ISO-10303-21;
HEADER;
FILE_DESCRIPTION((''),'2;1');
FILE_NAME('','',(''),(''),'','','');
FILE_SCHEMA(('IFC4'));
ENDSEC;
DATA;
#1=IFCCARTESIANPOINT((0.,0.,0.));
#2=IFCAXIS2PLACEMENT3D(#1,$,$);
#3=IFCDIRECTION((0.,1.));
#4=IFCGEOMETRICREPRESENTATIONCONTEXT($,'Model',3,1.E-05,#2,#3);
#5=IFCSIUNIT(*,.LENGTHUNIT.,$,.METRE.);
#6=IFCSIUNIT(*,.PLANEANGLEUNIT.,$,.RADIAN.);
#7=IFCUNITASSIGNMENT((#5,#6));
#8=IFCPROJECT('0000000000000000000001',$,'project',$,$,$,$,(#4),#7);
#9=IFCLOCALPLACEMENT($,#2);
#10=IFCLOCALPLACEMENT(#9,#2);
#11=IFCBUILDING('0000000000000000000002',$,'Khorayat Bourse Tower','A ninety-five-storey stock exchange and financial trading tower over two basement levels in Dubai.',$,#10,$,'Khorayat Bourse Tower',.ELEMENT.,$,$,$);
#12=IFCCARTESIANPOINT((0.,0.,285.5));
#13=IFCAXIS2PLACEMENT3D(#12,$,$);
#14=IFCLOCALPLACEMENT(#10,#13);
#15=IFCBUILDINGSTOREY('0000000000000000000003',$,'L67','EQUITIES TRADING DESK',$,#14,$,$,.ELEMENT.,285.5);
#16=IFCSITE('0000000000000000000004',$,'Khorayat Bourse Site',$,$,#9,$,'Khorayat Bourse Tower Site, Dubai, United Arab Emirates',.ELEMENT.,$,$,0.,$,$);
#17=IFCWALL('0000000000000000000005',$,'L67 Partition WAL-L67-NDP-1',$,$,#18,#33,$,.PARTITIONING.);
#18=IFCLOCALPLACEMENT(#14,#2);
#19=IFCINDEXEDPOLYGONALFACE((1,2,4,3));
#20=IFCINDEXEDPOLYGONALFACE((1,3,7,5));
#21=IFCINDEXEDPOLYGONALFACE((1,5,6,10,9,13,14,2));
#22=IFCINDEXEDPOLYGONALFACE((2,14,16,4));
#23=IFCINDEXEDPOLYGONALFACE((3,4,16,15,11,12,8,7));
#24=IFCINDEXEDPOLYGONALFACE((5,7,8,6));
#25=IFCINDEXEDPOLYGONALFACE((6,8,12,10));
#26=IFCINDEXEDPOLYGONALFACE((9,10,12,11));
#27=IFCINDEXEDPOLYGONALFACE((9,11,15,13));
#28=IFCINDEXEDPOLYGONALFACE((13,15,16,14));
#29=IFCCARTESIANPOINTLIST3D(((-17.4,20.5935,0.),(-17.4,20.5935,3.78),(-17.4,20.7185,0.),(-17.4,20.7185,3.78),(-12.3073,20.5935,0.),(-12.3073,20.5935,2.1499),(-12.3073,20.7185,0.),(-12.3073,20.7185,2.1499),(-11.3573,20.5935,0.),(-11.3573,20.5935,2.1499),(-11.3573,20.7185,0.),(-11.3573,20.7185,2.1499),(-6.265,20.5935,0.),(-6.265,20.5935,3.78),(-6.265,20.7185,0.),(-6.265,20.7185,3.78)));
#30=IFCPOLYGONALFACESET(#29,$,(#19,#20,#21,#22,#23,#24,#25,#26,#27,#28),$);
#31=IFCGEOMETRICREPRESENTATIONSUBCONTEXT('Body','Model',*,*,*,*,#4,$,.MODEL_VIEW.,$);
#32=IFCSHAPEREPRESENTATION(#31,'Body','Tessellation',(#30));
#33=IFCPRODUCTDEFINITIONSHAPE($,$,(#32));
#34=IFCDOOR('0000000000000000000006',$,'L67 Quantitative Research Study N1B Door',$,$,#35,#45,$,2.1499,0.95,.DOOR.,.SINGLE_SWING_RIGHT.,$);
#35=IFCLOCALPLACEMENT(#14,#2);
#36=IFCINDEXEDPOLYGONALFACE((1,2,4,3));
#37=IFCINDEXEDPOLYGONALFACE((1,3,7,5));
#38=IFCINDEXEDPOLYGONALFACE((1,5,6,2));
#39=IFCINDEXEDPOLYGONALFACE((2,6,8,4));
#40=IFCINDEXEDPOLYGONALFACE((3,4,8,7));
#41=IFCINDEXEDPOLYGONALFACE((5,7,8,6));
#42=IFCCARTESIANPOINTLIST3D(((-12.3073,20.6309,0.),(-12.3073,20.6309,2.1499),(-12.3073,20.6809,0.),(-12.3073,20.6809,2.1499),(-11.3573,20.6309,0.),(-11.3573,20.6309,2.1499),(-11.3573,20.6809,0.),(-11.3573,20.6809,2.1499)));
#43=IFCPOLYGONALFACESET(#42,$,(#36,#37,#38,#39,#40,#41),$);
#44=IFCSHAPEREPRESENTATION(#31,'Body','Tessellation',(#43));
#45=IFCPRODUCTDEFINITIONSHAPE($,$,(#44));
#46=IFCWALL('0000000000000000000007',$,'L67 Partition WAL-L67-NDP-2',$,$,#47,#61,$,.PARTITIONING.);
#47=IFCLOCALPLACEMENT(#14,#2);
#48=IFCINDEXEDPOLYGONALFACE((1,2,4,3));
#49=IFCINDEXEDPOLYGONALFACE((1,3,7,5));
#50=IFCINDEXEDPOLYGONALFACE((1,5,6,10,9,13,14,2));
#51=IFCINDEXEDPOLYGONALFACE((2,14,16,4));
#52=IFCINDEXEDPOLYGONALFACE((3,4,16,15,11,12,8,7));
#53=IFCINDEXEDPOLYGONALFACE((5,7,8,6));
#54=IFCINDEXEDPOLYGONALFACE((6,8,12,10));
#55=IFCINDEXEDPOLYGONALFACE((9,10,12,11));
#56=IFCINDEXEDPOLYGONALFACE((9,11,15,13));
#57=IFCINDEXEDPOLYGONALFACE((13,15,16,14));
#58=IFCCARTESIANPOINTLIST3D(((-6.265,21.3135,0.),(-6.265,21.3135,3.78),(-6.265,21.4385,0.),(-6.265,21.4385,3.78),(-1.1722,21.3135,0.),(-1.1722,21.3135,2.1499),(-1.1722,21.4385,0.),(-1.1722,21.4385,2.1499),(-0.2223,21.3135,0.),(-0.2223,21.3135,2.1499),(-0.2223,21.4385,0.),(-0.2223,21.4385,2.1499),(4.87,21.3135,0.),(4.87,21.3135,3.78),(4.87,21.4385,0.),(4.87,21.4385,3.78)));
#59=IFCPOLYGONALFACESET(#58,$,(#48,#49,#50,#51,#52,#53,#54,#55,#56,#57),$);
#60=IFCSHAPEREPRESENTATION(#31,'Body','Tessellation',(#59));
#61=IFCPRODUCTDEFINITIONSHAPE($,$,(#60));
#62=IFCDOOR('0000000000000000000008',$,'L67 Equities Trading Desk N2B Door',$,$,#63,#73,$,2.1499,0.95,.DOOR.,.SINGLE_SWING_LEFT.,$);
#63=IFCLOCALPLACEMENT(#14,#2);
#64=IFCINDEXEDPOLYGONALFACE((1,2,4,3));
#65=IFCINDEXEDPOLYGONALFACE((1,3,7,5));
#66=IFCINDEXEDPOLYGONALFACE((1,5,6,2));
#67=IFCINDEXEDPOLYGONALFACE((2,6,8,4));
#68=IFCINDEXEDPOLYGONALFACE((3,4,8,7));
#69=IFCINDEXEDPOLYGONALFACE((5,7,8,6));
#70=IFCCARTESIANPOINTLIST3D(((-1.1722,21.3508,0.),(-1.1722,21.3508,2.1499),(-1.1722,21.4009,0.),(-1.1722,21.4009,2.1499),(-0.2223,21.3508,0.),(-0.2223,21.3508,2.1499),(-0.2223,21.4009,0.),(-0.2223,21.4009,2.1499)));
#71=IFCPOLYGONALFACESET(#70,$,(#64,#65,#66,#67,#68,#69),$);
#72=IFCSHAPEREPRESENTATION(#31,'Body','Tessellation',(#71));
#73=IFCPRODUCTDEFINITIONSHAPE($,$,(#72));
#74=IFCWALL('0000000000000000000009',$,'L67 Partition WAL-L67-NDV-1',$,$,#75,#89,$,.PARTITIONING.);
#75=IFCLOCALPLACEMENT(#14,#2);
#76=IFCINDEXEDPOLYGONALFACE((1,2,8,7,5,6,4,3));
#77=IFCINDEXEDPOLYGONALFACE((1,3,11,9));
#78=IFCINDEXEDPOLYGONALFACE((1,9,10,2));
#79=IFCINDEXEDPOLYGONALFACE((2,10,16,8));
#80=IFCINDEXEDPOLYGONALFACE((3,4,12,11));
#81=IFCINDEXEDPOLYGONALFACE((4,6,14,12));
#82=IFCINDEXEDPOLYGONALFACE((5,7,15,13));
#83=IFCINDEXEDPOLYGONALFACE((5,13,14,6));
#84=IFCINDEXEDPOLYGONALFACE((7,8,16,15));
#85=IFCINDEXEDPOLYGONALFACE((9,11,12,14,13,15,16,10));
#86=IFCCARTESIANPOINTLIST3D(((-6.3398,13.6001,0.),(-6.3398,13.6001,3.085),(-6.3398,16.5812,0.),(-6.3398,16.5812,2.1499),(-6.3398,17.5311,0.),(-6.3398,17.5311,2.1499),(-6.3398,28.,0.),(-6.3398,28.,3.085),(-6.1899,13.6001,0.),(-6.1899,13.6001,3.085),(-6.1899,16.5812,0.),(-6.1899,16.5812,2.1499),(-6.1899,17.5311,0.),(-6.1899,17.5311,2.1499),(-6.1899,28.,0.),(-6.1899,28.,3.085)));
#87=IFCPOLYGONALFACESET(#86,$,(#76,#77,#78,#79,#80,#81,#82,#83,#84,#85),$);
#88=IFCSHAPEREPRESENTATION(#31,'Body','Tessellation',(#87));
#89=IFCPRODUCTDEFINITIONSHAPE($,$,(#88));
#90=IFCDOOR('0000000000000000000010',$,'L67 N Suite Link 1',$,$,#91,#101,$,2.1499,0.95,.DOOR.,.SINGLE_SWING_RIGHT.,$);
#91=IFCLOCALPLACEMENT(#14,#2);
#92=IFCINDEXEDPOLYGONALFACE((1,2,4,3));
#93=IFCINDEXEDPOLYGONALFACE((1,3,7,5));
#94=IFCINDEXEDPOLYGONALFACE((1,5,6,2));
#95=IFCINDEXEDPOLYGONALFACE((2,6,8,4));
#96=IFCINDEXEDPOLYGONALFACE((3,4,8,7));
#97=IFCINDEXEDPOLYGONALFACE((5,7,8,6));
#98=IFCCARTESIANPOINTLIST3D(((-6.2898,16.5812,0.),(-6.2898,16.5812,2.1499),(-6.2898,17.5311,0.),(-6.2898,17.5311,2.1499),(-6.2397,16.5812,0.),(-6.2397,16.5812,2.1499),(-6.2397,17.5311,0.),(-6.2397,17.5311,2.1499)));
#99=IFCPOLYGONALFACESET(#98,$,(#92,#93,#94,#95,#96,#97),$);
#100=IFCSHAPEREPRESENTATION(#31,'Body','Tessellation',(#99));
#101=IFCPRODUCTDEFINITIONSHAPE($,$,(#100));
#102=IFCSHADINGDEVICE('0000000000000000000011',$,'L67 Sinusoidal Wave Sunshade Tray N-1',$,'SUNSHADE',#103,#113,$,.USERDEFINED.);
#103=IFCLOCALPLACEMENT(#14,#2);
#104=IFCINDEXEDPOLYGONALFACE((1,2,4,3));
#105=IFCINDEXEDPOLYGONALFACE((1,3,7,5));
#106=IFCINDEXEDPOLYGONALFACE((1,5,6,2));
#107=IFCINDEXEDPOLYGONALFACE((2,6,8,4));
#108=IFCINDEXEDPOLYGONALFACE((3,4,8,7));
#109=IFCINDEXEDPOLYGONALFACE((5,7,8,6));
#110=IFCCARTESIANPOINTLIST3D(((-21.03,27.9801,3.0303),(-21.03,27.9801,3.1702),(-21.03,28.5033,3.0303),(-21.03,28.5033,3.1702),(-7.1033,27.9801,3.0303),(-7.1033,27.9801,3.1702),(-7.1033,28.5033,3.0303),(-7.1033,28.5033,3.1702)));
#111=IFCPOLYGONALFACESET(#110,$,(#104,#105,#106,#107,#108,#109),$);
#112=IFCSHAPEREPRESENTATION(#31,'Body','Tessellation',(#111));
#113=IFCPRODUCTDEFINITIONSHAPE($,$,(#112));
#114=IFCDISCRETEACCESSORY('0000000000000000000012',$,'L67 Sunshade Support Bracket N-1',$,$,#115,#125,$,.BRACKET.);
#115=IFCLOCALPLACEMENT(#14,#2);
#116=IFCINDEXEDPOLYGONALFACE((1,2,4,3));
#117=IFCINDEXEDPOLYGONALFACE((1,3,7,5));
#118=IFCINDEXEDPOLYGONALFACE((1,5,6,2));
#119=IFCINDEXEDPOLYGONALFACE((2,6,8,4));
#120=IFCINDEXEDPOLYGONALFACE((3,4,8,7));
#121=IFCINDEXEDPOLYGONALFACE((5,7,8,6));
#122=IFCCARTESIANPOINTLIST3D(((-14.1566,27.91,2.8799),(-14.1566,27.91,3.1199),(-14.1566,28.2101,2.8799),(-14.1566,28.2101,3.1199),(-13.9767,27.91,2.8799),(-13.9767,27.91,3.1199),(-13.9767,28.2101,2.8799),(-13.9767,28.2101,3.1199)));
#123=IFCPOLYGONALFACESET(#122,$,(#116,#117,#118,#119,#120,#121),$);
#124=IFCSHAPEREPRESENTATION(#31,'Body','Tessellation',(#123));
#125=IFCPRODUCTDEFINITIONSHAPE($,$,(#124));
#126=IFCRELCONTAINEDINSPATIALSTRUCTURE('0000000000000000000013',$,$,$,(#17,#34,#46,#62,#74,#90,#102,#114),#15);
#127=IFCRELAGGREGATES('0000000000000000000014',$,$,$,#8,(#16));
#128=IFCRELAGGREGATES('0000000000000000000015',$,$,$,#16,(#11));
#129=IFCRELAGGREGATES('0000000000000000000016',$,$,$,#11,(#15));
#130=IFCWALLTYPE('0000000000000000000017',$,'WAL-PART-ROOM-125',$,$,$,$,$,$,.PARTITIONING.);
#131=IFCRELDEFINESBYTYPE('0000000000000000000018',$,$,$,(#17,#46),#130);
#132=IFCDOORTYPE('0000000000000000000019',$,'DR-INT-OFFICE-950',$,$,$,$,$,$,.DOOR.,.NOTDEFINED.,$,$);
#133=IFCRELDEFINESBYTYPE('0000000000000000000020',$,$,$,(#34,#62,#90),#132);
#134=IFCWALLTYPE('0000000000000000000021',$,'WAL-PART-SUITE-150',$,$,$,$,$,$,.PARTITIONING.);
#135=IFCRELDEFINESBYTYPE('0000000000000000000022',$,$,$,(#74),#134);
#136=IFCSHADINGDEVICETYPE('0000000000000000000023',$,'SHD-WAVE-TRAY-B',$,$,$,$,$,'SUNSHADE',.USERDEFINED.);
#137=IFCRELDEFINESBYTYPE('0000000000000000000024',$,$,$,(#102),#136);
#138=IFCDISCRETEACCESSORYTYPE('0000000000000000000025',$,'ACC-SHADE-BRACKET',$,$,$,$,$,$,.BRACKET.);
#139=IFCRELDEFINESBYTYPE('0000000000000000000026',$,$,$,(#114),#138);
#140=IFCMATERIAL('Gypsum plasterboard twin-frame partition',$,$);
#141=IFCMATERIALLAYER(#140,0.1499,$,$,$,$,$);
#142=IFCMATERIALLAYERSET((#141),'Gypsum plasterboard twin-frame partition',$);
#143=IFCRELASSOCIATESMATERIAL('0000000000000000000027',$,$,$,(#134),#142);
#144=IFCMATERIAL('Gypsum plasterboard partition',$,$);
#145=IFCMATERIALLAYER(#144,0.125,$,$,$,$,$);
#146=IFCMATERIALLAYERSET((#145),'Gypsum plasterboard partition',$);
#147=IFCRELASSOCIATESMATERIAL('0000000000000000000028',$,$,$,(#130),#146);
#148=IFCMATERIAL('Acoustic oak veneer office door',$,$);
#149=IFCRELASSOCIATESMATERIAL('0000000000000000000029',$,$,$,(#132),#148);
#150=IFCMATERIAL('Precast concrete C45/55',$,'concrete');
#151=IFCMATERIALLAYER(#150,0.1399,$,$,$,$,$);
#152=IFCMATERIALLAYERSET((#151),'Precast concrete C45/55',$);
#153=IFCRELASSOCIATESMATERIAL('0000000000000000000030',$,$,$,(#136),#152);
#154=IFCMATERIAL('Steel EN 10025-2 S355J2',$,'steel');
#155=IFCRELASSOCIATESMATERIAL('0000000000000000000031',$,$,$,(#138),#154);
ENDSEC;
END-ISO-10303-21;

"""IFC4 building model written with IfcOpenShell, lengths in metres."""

from ifc_helpers import new_model, si_unit, direction, frame, frame_2d, origin, origin_2d, place, context, subcontext, project, spatial, rectangle, extrude, source, transform, mapped, material, layer, layer_set, type_object, element, fill, save


model = new_model("IFC4")

# Units and contexts
model_context = context("Model", 3, precision=1e-05, world=origin(), true_north=direction((0.0, 1.0)))
body_context = subcontext(model_context, "Body", "Model", "MODEL_VIEW")
ifc_project = project(units=[si_unit("LENGTHUNIT", "METRE"), si_unit("PLANEANGLEUNIT", "RADIAN")], contexts=[model_context])

# Site, building, storey
site_placement = place(None, origin())
site = spatial("IfcSite", under=ifc_project, at=site_placement, Name="Khorayat Bourse Site", LongName="Khorayat Bourse Tower Site, Dubai, United Arab Emirates", CompositionType="ELEMENT", RefElevation=0.0)
building_placement = place(site_placement, origin())
building = spatial("IfcBuilding", under=site, at=building_placement, Name="Khorayat Bourse Tower", Description="A ninety-five-storey stock exchange and financial trading tower over two basement levels in Dubai.", LongName="Khorayat Bourse Tower", CompositionType="ELEMENT")
storey_placement = place(building_placement, frame((0.0, 0.0, 285.5)))
storey = spatial("IfcBuildingStorey", under=building, at=storey_placement, Name="L67", Description="EQUITIES TRADING DESK", CompositionType="ELEMENT", Elevation=285.5)

# Shared definitions
ifc_material_1 = material(Name="Steel EN 10025-2 S355J2", Category="steel")

# Shared definitions
ifc_material_2 = material(Name="Gypsum plasterboard twin-frame partition")
ifc_layer_1 = layer(ifc_material_2, 0.1499)
ifc_layer_set_1 = layer_set([ifc_layer_1], Name="Gypsum plasterboard twin-frame partition")
wall_type_1 = type_object("IfcWallType", Name="WAL-PART-SUITE-150", PredefinedType="PARTITIONING", material=ifc_layer_set_1)

# Walls, openings, doors
ifc_material_3 = material(Name="Gypsum plasterboard partition")
ifc_layer_2 = layer(ifc_material_3, 0.125)
ifc_layer_set_2 = layer_set([ifc_layer_2], Name="Gypsum plasterboard partition")
wall_type_2 = type_object("IfcWallType", Name="WAL-PART-ROOM-125", PredefinedType="PARTITIONING", material=ifc_layer_set_2)
shared_shape_1 = source(origin(), body_context, "Body", "SweptSolid", [
    extrude(rectangle(XDim=11.135, YDim=0.125, at=frame_2d((5.5674, 0.0))), origin(), (0.0, 0.0, 1.0), 3.78),
])
wall_1_placement = place(storey_placement, frame((-17.3999, 20.656, 0.0), z_axis=(0.0, 0.0, 1.0), x_axis=(1.0, 0.0, 0.0)))
wall_1 = element("IfcWall", 1, at=wall_1_placement, inside=storey, type_object=wall_type_2, Name="L67 Partition WAL-L67-NDP-1", PredefinedType="PARTITIONING", context=body_context, shape_type="MappedRepresentation", body=[
    mapped(shared_shape_1, transform((0.0, 0.0, 0.0), scale=1.0)),
])
shared_shape_2 = source(origin(), body_context, "Body", "SweptSolid", [
    extrude(rectangle(XDim=0.95, YDim=2.1499, at=frame_2d((0.4751, 1.075))), frame((0.0, 0.0725, 0.0), z_axis=(0.0, -1.0, 0.0), x_axis=(1.0, 0.0, 0.0)), (0.0, 0.0, 1.0), 0.145),
])
opening_1_placement = place(wall_1_placement, frame((5.0925, 0.0, 0.0)))
opening_1 = element("IfcOpeningElement", 2, at=opening_1_placement, cuts=wall_1, PredefinedType="OPENING", context=body_context, shape_type="MappedRepresentation", body=[
    mapped(shared_shape_2, transform((0.0, 0.0, 0.0), scale=1.0)),
])
ifc_material_4 = material(Name="Acoustic oak veneer office door")
door_type_1 = type_object("IfcDoorType", Name="DR-INT-OFFICE-950", OperationType="NOTDEFINED", PredefinedType="DOOR", material=ifc_material_4)
shared_shape_3 = source(origin(), body_context, "Body", "SweptSolid", [
    extrude(rectangle(XDim=0.95, YDim=2.1499, at=frame_2d((0.4751, 1.075))), frame((0.0, 0.0249, 0.0), z_axis=(0.0, -1.0, 0.0), x_axis=(1.0, 0.0, 0.0)), (0.0, 0.0, 1.0), 0.05),
])
door_1_placement = place(opening_1_placement, origin())
door_1 = element("IfcDoor", 3, at=door_1_placement, inside=storey, type_object=door_type_1, Name="L67 Quantitative Research Study N1B Door", OperationType="SINGLE_SWING_RIGHT", OverallHeight=2.1499, OverallWidth=0.95, PredefinedType="DOOR", context=body_context, shape_type="MappedRepresentation", body=[
    mapped(shared_shape_3, transform((0.0, 0.0, 0.0), scale=1.0)),
])
fill(opening_1, door_1)
wall_2_placement = place(storey_placement, frame((-6.2649, 21.376, 0.0), z_axis=(0.0, 0.0, 1.0), x_axis=(1.0, 0.0, 0.0)))
wall_2 = element("IfcWall", 4, at=wall_2_placement, inside=storey, type_object=wall_type_2, Name="L67 Partition WAL-L67-NDP-2", PredefinedType="PARTITIONING", context=body_context, shape_type="MappedRepresentation", body=[
    mapped(shared_shape_1, transform((0.0, 0.0, 0.0), scale=1.0)),
])
opening_2_placement = place(wall_2_placement, frame((5.0925, 0.0, 0.0)))
opening_2 = element("IfcOpeningElement", 5, at=opening_2_placement, cuts=wall_2, PredefinedType="OPENING", context=body_context, shape_type="MappedRepresentation", body=[
    mapped(shared_shape_2, transform((0.0, 0.0, 0.0), scale=1.0)),
])
door_2_placement = place(opening_2_placement, origin())
door_2 = element("IfcDoor", 6, at=door_2_placement, inside=storey, type_object=door_type_1, Name="L67 Equities Trading Desk N2B Door", OperationType="SINGLE_SWING_LEFT", OverallHeight=2.1499, OverallWidth=0.95, PredefinedType="DOOR", context=body_context, shape_type="MappedRepresentation", body=[
    mapped(shared_shape_3, transform((0.0, 0.0, 0.0), scale=1.0)),
])
fill(opening_2, door_2)
shared_shape_4 = source(origin(), body_context, "Body", "SweptSolid", [
    extrude(rectangle(XDim=14.3999, YDim=0.1499, at=frame_2d((7.2, 0.0))), origin(), (0.0, 0.0, 1.0), 3.085),
])
wall_3_placement = place(storey_placement, frame((-6.2649, 13.6001, 0.0), z_axis=(0.0, 0.0, 1.0), x_axis=(0.0, 1.0, 0.0)))
wall_3 = element("IfcWall", 7, at=wall_3_placement, inside=storey, type_object=wall_type_1, Name="L67 Partition WAL-L67-NDV-1", PredefinedType="PARTITIONING", context=body_context, shape_type="MappedRepresentation", body=[
    mapped(shared_shape_4, transform((0.0, 0.0, 0.0), scale=1.0)),
])
shared_shape_5 = source(origin(), body_context, "Body", "SweptSolid", [
    extrude(rectangle(XDim=0.95, YDim=2.1499, at=frame_2d((0.4751, 1.075))), frame((0.0, 0.085, 0.0), z_axis=(0.0, -1.0, 0.0), x_axis=(1.0, 0.0, 0.0)), (0.0, 0.0, 1.0), 0.1699),
])
opening_3_placement = place(wall_3_placement, frame((2.981, 0.0, 0.0)))
opening_3 = element("IfcOpeningElement", 8, at=opening_3_placement, cuts=wall_3, PredefinedType="OPENING", context=body_context, shape_type="MappedRepresentation", body=[
    mapped(shared_shape_5, transform((0.0, 0.0, 0.0), scale=1.0)),
])
door_3_placement = place(opening_3_placement, origin())
door_3 = element("IfcDoor", 9, at=door_3_placement, inside=storey, type_object=door_type_1, Name="L67 N Suite Link 1", OperationType="SINGLE_SWING_RIGHT", OverallHeight=2.1499, OverallWidth=0.95, PredefinedType="DOOR", context=body_context, shape_type="MappedRepresentation", body=[
    mapped(shared_shape_3, transform((0.0, 0.0, 0.0), scale=1.0)),
])
fill(opening_3, door_3)

# Shading device
ifc_material_5 = material(Name="Precast concrete C45/55", Category="concrete")
ifc_layer_3 = layer(ifc_material_5, 0.1399)
ifc_layer_set_3 = layer_set([ifc_layer_3], Name="Precast concrete C45/55")
shading_device_type = type_object("IfcShadingDeviceType", Name="SHD-WAVE-TRAY-B", ElementType="SUNSHADE", PredefinedType="USERDEFINED", material=ifc_layer_set_3)
shared_shape_6 = source(origin(), body_context, "Body", "SweptSolid", [
    extrude(rectangle(XDim=13.9268, YDim=0.5232, at=origin_2d()), origin(), (0.0, 0.0, 1.0), 0.1399),
])
shading_device_placement = place(storey_placement, frame((-14.0667, 28.2417, 3.0303), z_axis=(0.0, 0.0, 1.0), x_axis=(1.0, 0.0, 0.0)))
element("IfcShadingDevice", 10, at=shading_device_placement, inside=storey, type_object=shading_device_type, Name="L67 Sinusoidal Wave Sunshade Tray N-1", ObjectType="SUNSHADE", PredefinedType="USERDEFINED", context=body_context, shape_type="MappedRepresentation", body=[
    mapped(shared_shape_6, transform((0.0, 0.0, 0.0), scale=1.0)),
])

# Discrete accessory
discrete_accessory_type = type_object("IfcDiscreteAccessoryType", Name="ACC-SHADE-BRACKET", PredefinedType="BRACKET", material=ifc_material_1)
shared_shape_7 = source(origin(), body_context, "Body", "SweptSolid", [
    extrude(rectangle(XDim=0.1799, YDim=0.3, at=origin_2d()), origin(), (0.0, 0.0, 1.0), 0.24),
])
discrete_accessory_placement = place(storey_placement, frame((-14.0667, 28.0601, 2.8799), z_axis=(0.0, 0.0, 1.0), x_axis=(1.0, 0.0, 0.0)))
element("IfcDiscreteAccessory", 11, at=discrete_accessory_placement, inside=storey, type_object=discrete_accessory_type, Name="L67 Sunshade Support Bracket N-1", PredefinedType="BRACKET", context=body_context, shape_type="MappedRepresentation", body=[
    mapped(shared_shape_7, transform((0.0, 0.0, 0.0), scale=1.0)),
])

save(model, "model.ifc")
